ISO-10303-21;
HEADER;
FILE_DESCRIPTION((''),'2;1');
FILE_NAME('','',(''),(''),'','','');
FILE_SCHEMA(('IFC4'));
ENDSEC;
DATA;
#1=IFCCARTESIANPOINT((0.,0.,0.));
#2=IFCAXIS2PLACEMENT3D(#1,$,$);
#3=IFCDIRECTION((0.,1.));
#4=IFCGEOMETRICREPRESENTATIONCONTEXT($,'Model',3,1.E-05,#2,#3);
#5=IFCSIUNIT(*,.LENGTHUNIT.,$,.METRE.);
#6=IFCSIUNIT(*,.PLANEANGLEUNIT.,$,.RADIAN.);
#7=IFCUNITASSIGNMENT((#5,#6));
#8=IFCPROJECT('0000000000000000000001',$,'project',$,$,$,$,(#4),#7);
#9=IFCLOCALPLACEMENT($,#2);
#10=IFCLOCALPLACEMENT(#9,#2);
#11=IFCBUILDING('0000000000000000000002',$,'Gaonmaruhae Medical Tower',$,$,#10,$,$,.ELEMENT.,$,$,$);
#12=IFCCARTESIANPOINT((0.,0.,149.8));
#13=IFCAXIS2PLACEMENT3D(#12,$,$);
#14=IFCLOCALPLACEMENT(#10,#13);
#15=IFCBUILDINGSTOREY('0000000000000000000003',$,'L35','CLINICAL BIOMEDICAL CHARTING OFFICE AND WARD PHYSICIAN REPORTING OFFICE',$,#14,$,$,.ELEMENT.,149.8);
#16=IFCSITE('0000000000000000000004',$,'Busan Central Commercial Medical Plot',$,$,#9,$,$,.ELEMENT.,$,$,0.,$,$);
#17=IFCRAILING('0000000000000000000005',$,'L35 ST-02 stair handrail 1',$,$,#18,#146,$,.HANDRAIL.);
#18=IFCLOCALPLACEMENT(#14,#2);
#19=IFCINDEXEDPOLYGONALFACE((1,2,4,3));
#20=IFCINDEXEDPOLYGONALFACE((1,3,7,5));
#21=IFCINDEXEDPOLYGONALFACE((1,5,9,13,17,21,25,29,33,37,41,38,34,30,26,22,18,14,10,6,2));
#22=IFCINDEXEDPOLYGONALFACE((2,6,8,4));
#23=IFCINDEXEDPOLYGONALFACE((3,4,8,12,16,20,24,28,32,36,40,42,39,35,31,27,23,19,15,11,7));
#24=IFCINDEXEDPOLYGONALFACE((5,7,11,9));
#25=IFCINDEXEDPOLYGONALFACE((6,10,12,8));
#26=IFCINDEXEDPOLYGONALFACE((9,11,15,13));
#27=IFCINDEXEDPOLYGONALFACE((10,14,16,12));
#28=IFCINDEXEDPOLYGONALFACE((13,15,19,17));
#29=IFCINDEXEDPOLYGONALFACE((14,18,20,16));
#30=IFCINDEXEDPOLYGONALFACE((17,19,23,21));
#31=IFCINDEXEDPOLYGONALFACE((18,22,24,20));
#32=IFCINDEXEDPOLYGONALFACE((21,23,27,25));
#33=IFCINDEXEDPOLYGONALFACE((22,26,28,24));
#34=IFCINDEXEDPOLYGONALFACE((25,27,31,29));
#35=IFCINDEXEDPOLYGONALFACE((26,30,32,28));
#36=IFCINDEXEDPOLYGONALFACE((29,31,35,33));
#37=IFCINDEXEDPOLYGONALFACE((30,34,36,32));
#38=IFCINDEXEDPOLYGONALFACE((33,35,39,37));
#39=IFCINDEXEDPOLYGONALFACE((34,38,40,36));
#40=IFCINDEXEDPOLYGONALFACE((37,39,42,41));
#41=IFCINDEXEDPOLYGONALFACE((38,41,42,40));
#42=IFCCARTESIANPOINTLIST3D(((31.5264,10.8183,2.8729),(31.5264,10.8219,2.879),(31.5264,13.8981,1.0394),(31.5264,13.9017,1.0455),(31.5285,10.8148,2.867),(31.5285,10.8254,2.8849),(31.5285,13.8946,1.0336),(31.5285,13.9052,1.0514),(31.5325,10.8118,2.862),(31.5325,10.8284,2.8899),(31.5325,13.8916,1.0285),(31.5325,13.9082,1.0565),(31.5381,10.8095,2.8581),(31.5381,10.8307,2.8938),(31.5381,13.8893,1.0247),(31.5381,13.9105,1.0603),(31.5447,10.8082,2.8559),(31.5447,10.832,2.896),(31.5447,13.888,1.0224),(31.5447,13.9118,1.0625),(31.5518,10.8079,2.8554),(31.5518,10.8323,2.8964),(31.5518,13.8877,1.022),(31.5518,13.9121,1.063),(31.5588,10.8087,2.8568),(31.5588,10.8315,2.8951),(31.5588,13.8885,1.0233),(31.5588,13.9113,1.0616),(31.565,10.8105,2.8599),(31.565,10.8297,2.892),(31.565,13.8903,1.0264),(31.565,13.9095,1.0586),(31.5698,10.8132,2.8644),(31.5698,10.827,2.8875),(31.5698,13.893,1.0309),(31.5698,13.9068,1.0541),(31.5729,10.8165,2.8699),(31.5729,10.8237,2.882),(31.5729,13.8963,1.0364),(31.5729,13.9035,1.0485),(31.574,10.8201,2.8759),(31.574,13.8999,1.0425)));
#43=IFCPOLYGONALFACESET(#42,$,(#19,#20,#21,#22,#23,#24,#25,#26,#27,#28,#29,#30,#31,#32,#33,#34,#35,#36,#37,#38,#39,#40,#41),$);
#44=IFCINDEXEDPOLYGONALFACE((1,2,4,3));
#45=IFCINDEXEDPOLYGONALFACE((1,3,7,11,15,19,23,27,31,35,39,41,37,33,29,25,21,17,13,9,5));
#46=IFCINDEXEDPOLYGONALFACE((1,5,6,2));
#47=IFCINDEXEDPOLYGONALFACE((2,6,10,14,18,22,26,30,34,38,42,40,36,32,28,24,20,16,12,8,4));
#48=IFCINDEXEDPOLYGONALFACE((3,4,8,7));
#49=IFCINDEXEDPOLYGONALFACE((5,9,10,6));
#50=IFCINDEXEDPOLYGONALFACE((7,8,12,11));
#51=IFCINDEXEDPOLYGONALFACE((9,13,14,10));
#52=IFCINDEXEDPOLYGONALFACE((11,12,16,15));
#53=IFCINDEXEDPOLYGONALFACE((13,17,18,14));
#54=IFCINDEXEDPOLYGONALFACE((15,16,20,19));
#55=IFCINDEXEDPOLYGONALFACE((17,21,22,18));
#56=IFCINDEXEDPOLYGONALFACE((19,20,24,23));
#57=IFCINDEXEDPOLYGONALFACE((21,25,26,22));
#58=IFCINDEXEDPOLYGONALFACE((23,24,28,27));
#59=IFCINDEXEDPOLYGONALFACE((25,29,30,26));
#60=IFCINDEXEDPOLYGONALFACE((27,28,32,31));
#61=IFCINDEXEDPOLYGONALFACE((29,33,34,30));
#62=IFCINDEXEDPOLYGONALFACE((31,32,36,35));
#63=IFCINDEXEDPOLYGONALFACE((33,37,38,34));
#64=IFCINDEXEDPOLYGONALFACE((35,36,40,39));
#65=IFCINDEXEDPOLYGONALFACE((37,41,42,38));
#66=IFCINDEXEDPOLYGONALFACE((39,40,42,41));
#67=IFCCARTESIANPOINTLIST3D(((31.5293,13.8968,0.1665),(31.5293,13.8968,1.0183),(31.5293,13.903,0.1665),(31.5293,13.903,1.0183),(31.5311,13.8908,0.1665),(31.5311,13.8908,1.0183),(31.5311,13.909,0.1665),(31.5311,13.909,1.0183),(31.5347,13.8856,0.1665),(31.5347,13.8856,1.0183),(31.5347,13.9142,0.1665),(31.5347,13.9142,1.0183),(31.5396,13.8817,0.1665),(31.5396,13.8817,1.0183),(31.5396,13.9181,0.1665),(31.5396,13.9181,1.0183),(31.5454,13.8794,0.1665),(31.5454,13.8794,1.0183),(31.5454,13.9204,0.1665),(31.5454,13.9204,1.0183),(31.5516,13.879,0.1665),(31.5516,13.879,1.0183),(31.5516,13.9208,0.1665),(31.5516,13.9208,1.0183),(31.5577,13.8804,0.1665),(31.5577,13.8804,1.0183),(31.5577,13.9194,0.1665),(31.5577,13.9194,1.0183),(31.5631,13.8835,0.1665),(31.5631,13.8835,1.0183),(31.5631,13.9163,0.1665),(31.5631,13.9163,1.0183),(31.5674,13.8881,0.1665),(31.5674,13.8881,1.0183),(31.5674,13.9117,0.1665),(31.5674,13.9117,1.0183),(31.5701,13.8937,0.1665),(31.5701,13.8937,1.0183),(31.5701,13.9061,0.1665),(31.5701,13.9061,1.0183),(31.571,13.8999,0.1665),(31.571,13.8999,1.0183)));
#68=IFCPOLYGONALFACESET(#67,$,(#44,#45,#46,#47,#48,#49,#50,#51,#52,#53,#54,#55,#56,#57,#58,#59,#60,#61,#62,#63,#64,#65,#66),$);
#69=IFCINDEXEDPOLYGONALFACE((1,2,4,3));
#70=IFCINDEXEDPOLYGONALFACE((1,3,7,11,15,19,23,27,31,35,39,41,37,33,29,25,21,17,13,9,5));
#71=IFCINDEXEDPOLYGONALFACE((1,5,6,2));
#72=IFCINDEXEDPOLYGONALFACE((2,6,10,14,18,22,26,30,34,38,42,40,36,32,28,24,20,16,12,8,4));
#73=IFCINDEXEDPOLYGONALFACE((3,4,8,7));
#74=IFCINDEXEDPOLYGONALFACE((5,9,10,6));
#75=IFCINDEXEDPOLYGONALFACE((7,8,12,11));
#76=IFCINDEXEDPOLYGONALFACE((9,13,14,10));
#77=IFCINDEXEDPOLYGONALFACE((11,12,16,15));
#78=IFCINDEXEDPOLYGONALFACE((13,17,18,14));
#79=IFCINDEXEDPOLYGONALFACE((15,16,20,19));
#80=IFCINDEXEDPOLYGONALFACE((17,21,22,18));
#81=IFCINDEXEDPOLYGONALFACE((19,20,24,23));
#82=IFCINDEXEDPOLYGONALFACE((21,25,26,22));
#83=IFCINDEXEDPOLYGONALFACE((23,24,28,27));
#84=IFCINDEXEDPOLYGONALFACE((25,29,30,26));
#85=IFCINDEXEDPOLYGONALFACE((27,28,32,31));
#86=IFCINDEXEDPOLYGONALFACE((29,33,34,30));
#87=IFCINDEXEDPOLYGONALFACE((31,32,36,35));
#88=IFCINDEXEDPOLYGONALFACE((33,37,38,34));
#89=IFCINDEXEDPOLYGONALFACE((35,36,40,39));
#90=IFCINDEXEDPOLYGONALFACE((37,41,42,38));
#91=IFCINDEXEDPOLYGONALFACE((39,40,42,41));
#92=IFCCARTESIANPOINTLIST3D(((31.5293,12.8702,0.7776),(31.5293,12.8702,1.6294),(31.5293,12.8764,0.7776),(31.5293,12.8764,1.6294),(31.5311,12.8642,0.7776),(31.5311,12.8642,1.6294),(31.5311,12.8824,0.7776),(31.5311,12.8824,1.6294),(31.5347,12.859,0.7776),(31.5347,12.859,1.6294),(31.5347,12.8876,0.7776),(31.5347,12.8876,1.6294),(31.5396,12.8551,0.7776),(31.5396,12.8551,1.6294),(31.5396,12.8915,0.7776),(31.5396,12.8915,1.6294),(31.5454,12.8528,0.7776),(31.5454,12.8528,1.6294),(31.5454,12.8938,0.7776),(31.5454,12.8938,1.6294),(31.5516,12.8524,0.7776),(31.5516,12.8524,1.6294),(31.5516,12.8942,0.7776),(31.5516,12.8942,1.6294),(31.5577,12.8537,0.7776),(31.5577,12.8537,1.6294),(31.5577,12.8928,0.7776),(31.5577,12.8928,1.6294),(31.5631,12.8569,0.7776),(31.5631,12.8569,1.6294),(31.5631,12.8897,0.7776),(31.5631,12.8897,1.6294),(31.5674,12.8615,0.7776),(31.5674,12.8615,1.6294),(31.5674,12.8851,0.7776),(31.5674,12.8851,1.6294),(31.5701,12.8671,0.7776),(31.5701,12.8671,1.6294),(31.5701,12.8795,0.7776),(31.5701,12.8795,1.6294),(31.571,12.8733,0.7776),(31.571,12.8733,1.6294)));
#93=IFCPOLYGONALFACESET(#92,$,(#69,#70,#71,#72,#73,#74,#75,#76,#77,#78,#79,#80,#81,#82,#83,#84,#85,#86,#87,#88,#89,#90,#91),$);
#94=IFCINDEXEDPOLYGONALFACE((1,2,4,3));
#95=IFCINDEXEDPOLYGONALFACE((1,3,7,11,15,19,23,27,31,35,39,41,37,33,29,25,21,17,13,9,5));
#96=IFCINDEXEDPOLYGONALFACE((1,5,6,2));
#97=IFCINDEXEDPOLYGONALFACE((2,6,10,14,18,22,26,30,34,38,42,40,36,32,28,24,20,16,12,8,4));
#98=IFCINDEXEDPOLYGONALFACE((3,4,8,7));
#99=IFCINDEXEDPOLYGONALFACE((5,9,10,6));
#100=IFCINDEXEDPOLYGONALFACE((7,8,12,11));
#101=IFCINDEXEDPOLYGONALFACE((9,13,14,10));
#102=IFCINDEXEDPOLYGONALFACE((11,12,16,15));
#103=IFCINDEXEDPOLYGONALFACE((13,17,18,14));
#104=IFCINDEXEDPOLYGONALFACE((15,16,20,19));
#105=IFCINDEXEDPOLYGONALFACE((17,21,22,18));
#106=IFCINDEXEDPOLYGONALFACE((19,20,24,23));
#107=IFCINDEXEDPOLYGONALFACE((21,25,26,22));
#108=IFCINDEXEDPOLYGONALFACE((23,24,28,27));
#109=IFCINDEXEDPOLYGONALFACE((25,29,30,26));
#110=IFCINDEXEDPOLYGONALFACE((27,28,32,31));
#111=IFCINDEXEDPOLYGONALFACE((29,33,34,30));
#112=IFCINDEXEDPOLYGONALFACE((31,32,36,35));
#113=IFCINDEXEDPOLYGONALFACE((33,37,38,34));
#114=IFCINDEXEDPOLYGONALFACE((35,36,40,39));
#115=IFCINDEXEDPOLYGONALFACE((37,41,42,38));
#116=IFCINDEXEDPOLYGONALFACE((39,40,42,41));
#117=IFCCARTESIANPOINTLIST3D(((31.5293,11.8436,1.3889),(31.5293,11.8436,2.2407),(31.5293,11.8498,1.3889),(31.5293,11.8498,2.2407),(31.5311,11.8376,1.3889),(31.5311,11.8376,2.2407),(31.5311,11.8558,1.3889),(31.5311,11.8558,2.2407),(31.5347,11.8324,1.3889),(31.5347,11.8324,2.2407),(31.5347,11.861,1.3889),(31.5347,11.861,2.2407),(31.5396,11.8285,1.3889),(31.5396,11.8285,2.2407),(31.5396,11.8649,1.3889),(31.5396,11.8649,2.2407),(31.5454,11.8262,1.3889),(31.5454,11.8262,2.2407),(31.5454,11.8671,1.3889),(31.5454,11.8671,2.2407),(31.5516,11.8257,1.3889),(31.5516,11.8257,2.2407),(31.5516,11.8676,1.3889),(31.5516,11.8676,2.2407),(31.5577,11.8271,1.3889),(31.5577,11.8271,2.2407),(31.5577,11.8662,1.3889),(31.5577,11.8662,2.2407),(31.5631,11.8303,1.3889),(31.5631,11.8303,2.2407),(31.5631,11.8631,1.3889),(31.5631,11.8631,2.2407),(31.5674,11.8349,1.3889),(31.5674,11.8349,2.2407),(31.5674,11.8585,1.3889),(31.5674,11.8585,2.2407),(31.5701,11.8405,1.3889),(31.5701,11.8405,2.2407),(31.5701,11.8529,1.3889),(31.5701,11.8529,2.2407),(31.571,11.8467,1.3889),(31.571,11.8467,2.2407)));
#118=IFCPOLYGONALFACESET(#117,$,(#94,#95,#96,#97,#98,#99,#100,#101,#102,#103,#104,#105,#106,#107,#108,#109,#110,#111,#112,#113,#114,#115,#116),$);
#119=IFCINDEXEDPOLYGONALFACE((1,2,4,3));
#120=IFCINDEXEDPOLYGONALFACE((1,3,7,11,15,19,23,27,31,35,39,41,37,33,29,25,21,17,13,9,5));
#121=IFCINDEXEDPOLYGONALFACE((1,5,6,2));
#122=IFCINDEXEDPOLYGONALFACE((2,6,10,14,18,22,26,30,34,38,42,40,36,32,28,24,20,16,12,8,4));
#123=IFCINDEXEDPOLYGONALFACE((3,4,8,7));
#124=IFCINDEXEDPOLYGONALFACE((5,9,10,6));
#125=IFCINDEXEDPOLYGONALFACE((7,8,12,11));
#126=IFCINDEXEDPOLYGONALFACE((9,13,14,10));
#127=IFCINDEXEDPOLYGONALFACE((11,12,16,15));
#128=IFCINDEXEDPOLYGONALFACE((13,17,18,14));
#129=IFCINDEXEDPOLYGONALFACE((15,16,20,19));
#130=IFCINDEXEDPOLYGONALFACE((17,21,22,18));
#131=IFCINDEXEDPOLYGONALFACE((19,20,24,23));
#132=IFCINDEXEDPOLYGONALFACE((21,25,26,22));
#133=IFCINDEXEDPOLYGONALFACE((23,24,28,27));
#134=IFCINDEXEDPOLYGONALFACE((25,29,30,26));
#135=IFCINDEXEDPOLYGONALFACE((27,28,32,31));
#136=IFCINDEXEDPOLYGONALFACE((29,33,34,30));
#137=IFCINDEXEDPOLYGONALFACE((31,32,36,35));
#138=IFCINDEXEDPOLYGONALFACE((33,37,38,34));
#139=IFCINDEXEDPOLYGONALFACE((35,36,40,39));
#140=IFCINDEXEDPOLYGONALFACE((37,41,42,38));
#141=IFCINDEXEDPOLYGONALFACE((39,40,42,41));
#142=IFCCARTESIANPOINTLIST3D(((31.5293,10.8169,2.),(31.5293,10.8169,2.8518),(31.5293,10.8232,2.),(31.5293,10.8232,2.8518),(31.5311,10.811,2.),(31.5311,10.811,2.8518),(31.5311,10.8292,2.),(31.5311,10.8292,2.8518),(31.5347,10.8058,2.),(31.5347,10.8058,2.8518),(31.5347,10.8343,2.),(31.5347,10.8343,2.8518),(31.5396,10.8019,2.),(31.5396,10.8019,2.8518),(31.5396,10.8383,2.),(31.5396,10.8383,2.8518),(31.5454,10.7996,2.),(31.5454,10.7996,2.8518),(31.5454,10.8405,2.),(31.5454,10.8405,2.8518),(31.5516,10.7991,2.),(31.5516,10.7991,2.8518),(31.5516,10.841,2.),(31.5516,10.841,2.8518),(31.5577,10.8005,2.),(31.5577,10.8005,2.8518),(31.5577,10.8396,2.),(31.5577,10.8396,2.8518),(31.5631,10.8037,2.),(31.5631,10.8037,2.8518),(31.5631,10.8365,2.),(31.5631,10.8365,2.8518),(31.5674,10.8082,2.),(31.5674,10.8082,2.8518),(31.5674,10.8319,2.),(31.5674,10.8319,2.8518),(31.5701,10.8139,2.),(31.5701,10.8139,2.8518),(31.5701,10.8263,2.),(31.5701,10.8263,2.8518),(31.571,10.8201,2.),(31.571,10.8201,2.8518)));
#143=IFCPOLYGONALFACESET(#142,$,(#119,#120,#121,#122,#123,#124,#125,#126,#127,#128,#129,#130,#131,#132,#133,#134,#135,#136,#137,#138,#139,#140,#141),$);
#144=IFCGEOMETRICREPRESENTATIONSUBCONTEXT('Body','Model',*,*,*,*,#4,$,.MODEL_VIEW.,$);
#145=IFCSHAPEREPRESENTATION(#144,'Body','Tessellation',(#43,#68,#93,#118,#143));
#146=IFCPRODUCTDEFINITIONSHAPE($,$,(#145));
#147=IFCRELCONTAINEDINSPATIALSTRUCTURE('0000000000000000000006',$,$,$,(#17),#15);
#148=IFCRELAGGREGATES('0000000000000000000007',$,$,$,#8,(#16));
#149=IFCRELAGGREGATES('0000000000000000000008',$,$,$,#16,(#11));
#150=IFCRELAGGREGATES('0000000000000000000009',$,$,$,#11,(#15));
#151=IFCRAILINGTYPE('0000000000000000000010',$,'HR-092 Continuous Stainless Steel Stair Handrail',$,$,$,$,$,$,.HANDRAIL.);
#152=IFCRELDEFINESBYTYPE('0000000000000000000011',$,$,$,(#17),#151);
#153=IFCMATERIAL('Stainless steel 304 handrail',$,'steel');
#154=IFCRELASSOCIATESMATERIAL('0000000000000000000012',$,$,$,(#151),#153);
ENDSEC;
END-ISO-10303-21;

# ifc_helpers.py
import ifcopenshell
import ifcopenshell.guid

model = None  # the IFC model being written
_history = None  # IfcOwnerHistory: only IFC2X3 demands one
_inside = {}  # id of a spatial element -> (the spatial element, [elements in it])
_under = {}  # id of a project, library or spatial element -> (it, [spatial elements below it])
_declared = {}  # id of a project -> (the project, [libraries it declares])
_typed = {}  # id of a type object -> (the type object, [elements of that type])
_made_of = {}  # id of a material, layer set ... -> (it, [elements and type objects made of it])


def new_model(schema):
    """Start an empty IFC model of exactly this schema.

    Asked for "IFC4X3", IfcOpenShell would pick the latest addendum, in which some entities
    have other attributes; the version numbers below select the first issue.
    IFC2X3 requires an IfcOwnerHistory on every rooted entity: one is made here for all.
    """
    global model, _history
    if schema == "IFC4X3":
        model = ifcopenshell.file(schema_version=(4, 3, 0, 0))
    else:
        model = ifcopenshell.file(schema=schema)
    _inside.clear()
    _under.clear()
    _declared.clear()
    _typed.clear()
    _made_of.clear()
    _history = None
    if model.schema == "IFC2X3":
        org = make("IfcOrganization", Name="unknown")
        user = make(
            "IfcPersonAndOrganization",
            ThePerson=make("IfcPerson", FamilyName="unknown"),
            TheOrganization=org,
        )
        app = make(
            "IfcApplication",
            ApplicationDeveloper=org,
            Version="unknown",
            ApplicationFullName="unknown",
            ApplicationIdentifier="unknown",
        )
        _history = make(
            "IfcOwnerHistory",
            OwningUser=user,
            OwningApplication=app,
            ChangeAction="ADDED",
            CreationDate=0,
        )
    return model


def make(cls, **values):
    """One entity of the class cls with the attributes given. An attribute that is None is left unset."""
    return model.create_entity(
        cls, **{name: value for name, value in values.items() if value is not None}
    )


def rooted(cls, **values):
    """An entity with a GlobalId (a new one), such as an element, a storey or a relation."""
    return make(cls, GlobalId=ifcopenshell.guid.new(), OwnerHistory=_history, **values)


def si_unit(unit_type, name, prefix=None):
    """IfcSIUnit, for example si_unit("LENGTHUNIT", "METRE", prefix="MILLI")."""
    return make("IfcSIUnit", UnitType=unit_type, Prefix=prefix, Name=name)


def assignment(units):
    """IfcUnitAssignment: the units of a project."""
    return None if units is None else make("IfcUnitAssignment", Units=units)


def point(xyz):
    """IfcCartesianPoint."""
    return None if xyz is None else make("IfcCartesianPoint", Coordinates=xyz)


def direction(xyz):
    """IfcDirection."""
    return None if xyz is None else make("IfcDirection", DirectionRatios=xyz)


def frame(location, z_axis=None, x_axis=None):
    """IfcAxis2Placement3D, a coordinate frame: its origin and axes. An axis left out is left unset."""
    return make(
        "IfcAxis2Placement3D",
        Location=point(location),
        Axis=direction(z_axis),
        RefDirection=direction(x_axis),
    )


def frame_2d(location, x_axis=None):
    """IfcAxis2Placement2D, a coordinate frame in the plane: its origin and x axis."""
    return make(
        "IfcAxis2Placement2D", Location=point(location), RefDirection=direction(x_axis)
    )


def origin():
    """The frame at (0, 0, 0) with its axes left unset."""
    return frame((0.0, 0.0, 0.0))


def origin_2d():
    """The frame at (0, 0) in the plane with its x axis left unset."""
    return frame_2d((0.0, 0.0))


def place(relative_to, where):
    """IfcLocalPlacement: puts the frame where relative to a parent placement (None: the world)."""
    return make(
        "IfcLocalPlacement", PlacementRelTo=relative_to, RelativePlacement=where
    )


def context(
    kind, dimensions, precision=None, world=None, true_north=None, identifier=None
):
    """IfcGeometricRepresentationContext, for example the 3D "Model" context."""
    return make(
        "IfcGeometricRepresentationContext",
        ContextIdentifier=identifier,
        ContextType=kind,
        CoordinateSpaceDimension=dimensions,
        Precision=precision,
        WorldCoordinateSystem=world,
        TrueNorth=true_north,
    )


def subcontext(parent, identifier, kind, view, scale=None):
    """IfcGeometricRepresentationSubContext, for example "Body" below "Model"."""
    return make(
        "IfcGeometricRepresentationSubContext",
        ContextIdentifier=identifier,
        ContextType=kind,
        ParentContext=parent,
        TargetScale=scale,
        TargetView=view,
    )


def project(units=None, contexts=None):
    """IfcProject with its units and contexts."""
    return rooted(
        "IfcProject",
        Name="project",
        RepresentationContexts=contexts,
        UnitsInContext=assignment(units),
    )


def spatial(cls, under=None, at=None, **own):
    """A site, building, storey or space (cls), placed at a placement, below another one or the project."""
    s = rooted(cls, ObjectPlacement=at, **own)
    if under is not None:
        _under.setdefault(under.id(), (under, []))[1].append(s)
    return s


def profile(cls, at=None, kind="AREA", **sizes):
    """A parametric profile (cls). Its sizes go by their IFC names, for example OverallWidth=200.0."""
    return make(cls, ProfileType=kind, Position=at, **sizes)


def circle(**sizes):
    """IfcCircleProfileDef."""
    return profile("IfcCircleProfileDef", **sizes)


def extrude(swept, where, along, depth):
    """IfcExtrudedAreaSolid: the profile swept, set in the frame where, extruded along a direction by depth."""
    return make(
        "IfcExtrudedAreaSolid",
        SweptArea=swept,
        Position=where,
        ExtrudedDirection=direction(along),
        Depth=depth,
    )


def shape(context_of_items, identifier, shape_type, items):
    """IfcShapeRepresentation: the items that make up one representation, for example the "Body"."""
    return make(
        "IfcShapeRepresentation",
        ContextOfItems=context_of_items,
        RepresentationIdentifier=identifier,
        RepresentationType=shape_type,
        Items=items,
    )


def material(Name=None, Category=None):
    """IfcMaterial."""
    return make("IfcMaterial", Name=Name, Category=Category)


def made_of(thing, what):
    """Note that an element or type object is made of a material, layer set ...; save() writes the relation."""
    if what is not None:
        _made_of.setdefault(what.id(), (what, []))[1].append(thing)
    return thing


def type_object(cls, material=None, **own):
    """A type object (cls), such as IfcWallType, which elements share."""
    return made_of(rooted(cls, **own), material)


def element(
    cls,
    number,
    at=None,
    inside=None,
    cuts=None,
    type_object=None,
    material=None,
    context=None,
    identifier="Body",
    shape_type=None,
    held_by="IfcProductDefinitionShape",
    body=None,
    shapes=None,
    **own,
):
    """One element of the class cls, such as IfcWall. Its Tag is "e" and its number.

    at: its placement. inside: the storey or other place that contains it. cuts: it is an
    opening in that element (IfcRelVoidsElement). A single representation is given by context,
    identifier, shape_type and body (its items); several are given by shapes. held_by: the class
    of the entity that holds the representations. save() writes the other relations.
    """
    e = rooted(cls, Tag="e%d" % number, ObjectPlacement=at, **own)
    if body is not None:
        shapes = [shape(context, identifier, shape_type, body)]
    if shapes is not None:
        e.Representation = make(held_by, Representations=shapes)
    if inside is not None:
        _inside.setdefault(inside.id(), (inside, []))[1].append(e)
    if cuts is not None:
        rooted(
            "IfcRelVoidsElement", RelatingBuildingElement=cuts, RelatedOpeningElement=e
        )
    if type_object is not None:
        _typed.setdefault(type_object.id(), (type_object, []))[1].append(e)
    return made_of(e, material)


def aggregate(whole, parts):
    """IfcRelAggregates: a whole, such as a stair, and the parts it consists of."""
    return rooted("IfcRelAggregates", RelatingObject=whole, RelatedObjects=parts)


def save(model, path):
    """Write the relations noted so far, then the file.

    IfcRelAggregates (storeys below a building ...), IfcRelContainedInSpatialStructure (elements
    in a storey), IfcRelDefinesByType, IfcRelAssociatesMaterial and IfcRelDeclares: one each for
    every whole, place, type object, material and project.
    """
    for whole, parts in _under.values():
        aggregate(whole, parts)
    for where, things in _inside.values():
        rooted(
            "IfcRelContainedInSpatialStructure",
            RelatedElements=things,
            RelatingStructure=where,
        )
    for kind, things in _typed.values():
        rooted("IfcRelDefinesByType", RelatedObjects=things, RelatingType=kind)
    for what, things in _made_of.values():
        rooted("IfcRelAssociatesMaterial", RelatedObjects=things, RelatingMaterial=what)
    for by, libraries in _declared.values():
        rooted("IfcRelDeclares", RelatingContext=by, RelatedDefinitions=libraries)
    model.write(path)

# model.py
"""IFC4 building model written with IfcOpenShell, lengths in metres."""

from ifc_helpers import new_model, si_unit, direction, frame, origin, origin_2d, place, context, subcontext, project, spatial, circle, extrude, material, type_object, element, save


model = new_model("IFC4")

# Units and contexts
model_context = context("Model", 3, precision=1e-05, world=origin(), true_north=direction((0.0, 1.0)))
body_context = subcontext(model_context, "Body", "Model", "MODEL_VIEW")
ifc_project = project(units=[si_unit("LENGTHUNIT", "METRE"), si_unit("PLANEANGLEUNIT", "RADIAN")], contexts=[model_context])

# Site, building, storey
site_placement = place(None, origin())
site = spatial("IfcSite", under=ifc_project, at=site_placement, Name="Busan Central Commercial Medical Plot", CompositionType="ELEMENT", RefElevation=0.0)
building_placement = place(site_placement, origin())
building = spatial("IfcBuilding", under=site, at=building_placement, Name="Gaonmaruhae Medical Tower", CompositionType="ELEMENT")
storey_placement = place(building_placement, frame((0.0, 0.0, 149.8)))
storey = spatial("IfcBuildingStorey", under=building, at=storey_placement, Name="L35", Description="CLINICAL BIOMEDICAL CHARTING OFFICE AND WARD PHYSICIAN REPORTING OFFICE", CompositionType="ELEMENT", Elevation=149.8)

# Railing
ifc_material_1 = material(Name="Stainless steel 304 handrail", Category="steel")
railing_type_1 = type_object("IfcRailingType", Name="HR-092 Continuous Stainless Steel Stair Handrail", PredefinedType="HANDRAIL", material=ifc_material_1)
railing_1_placement = place(storey_placement, frame((31.55, 13.8999, 0.1665)))
element("IfcRailing", 1, at=railing_1_placement, inside=storey, type_object=railing_type_1, Name="L35 ST-02 stair handrail 1", PredefinedType="HANDRAIL", context=body_context, shape_type="SweptSolid", body=[
    extrude(circle(Radius=0.0239, at=origin_2d()), frame((0.0, 0.0, 0.876), z_axis=(0.0, -0.859261, 0.511538), x_axis=(1.0, 0.0, 0.0)), (0.0, 0.0, 1.0), 3.5842),
    extrude(circle(Radius=0.021, at=origin_2d()), origin(), (0.0, 0.0, 1.0), 0.8518),
    extrude(circle(Radius=0.021, at=origin_2d()), frame((0.0, -1.0266, 0.6111)), (0.0, 0.0, 1.0), 0.8518),
    extrude(circle(Radius=0.021, at=origin_2d()), frame((0.0, -2.0532, 1.2224)), (0.0, 0.0, 1.0), 0.8518),
    extrude(circle(Radius=0.021, at=origin_2d()), frame((0.0, -3.0798, 1.8335)), (0.0, 0.0, 1.0), 0.8518),
])

save(model, "model.ifc")
